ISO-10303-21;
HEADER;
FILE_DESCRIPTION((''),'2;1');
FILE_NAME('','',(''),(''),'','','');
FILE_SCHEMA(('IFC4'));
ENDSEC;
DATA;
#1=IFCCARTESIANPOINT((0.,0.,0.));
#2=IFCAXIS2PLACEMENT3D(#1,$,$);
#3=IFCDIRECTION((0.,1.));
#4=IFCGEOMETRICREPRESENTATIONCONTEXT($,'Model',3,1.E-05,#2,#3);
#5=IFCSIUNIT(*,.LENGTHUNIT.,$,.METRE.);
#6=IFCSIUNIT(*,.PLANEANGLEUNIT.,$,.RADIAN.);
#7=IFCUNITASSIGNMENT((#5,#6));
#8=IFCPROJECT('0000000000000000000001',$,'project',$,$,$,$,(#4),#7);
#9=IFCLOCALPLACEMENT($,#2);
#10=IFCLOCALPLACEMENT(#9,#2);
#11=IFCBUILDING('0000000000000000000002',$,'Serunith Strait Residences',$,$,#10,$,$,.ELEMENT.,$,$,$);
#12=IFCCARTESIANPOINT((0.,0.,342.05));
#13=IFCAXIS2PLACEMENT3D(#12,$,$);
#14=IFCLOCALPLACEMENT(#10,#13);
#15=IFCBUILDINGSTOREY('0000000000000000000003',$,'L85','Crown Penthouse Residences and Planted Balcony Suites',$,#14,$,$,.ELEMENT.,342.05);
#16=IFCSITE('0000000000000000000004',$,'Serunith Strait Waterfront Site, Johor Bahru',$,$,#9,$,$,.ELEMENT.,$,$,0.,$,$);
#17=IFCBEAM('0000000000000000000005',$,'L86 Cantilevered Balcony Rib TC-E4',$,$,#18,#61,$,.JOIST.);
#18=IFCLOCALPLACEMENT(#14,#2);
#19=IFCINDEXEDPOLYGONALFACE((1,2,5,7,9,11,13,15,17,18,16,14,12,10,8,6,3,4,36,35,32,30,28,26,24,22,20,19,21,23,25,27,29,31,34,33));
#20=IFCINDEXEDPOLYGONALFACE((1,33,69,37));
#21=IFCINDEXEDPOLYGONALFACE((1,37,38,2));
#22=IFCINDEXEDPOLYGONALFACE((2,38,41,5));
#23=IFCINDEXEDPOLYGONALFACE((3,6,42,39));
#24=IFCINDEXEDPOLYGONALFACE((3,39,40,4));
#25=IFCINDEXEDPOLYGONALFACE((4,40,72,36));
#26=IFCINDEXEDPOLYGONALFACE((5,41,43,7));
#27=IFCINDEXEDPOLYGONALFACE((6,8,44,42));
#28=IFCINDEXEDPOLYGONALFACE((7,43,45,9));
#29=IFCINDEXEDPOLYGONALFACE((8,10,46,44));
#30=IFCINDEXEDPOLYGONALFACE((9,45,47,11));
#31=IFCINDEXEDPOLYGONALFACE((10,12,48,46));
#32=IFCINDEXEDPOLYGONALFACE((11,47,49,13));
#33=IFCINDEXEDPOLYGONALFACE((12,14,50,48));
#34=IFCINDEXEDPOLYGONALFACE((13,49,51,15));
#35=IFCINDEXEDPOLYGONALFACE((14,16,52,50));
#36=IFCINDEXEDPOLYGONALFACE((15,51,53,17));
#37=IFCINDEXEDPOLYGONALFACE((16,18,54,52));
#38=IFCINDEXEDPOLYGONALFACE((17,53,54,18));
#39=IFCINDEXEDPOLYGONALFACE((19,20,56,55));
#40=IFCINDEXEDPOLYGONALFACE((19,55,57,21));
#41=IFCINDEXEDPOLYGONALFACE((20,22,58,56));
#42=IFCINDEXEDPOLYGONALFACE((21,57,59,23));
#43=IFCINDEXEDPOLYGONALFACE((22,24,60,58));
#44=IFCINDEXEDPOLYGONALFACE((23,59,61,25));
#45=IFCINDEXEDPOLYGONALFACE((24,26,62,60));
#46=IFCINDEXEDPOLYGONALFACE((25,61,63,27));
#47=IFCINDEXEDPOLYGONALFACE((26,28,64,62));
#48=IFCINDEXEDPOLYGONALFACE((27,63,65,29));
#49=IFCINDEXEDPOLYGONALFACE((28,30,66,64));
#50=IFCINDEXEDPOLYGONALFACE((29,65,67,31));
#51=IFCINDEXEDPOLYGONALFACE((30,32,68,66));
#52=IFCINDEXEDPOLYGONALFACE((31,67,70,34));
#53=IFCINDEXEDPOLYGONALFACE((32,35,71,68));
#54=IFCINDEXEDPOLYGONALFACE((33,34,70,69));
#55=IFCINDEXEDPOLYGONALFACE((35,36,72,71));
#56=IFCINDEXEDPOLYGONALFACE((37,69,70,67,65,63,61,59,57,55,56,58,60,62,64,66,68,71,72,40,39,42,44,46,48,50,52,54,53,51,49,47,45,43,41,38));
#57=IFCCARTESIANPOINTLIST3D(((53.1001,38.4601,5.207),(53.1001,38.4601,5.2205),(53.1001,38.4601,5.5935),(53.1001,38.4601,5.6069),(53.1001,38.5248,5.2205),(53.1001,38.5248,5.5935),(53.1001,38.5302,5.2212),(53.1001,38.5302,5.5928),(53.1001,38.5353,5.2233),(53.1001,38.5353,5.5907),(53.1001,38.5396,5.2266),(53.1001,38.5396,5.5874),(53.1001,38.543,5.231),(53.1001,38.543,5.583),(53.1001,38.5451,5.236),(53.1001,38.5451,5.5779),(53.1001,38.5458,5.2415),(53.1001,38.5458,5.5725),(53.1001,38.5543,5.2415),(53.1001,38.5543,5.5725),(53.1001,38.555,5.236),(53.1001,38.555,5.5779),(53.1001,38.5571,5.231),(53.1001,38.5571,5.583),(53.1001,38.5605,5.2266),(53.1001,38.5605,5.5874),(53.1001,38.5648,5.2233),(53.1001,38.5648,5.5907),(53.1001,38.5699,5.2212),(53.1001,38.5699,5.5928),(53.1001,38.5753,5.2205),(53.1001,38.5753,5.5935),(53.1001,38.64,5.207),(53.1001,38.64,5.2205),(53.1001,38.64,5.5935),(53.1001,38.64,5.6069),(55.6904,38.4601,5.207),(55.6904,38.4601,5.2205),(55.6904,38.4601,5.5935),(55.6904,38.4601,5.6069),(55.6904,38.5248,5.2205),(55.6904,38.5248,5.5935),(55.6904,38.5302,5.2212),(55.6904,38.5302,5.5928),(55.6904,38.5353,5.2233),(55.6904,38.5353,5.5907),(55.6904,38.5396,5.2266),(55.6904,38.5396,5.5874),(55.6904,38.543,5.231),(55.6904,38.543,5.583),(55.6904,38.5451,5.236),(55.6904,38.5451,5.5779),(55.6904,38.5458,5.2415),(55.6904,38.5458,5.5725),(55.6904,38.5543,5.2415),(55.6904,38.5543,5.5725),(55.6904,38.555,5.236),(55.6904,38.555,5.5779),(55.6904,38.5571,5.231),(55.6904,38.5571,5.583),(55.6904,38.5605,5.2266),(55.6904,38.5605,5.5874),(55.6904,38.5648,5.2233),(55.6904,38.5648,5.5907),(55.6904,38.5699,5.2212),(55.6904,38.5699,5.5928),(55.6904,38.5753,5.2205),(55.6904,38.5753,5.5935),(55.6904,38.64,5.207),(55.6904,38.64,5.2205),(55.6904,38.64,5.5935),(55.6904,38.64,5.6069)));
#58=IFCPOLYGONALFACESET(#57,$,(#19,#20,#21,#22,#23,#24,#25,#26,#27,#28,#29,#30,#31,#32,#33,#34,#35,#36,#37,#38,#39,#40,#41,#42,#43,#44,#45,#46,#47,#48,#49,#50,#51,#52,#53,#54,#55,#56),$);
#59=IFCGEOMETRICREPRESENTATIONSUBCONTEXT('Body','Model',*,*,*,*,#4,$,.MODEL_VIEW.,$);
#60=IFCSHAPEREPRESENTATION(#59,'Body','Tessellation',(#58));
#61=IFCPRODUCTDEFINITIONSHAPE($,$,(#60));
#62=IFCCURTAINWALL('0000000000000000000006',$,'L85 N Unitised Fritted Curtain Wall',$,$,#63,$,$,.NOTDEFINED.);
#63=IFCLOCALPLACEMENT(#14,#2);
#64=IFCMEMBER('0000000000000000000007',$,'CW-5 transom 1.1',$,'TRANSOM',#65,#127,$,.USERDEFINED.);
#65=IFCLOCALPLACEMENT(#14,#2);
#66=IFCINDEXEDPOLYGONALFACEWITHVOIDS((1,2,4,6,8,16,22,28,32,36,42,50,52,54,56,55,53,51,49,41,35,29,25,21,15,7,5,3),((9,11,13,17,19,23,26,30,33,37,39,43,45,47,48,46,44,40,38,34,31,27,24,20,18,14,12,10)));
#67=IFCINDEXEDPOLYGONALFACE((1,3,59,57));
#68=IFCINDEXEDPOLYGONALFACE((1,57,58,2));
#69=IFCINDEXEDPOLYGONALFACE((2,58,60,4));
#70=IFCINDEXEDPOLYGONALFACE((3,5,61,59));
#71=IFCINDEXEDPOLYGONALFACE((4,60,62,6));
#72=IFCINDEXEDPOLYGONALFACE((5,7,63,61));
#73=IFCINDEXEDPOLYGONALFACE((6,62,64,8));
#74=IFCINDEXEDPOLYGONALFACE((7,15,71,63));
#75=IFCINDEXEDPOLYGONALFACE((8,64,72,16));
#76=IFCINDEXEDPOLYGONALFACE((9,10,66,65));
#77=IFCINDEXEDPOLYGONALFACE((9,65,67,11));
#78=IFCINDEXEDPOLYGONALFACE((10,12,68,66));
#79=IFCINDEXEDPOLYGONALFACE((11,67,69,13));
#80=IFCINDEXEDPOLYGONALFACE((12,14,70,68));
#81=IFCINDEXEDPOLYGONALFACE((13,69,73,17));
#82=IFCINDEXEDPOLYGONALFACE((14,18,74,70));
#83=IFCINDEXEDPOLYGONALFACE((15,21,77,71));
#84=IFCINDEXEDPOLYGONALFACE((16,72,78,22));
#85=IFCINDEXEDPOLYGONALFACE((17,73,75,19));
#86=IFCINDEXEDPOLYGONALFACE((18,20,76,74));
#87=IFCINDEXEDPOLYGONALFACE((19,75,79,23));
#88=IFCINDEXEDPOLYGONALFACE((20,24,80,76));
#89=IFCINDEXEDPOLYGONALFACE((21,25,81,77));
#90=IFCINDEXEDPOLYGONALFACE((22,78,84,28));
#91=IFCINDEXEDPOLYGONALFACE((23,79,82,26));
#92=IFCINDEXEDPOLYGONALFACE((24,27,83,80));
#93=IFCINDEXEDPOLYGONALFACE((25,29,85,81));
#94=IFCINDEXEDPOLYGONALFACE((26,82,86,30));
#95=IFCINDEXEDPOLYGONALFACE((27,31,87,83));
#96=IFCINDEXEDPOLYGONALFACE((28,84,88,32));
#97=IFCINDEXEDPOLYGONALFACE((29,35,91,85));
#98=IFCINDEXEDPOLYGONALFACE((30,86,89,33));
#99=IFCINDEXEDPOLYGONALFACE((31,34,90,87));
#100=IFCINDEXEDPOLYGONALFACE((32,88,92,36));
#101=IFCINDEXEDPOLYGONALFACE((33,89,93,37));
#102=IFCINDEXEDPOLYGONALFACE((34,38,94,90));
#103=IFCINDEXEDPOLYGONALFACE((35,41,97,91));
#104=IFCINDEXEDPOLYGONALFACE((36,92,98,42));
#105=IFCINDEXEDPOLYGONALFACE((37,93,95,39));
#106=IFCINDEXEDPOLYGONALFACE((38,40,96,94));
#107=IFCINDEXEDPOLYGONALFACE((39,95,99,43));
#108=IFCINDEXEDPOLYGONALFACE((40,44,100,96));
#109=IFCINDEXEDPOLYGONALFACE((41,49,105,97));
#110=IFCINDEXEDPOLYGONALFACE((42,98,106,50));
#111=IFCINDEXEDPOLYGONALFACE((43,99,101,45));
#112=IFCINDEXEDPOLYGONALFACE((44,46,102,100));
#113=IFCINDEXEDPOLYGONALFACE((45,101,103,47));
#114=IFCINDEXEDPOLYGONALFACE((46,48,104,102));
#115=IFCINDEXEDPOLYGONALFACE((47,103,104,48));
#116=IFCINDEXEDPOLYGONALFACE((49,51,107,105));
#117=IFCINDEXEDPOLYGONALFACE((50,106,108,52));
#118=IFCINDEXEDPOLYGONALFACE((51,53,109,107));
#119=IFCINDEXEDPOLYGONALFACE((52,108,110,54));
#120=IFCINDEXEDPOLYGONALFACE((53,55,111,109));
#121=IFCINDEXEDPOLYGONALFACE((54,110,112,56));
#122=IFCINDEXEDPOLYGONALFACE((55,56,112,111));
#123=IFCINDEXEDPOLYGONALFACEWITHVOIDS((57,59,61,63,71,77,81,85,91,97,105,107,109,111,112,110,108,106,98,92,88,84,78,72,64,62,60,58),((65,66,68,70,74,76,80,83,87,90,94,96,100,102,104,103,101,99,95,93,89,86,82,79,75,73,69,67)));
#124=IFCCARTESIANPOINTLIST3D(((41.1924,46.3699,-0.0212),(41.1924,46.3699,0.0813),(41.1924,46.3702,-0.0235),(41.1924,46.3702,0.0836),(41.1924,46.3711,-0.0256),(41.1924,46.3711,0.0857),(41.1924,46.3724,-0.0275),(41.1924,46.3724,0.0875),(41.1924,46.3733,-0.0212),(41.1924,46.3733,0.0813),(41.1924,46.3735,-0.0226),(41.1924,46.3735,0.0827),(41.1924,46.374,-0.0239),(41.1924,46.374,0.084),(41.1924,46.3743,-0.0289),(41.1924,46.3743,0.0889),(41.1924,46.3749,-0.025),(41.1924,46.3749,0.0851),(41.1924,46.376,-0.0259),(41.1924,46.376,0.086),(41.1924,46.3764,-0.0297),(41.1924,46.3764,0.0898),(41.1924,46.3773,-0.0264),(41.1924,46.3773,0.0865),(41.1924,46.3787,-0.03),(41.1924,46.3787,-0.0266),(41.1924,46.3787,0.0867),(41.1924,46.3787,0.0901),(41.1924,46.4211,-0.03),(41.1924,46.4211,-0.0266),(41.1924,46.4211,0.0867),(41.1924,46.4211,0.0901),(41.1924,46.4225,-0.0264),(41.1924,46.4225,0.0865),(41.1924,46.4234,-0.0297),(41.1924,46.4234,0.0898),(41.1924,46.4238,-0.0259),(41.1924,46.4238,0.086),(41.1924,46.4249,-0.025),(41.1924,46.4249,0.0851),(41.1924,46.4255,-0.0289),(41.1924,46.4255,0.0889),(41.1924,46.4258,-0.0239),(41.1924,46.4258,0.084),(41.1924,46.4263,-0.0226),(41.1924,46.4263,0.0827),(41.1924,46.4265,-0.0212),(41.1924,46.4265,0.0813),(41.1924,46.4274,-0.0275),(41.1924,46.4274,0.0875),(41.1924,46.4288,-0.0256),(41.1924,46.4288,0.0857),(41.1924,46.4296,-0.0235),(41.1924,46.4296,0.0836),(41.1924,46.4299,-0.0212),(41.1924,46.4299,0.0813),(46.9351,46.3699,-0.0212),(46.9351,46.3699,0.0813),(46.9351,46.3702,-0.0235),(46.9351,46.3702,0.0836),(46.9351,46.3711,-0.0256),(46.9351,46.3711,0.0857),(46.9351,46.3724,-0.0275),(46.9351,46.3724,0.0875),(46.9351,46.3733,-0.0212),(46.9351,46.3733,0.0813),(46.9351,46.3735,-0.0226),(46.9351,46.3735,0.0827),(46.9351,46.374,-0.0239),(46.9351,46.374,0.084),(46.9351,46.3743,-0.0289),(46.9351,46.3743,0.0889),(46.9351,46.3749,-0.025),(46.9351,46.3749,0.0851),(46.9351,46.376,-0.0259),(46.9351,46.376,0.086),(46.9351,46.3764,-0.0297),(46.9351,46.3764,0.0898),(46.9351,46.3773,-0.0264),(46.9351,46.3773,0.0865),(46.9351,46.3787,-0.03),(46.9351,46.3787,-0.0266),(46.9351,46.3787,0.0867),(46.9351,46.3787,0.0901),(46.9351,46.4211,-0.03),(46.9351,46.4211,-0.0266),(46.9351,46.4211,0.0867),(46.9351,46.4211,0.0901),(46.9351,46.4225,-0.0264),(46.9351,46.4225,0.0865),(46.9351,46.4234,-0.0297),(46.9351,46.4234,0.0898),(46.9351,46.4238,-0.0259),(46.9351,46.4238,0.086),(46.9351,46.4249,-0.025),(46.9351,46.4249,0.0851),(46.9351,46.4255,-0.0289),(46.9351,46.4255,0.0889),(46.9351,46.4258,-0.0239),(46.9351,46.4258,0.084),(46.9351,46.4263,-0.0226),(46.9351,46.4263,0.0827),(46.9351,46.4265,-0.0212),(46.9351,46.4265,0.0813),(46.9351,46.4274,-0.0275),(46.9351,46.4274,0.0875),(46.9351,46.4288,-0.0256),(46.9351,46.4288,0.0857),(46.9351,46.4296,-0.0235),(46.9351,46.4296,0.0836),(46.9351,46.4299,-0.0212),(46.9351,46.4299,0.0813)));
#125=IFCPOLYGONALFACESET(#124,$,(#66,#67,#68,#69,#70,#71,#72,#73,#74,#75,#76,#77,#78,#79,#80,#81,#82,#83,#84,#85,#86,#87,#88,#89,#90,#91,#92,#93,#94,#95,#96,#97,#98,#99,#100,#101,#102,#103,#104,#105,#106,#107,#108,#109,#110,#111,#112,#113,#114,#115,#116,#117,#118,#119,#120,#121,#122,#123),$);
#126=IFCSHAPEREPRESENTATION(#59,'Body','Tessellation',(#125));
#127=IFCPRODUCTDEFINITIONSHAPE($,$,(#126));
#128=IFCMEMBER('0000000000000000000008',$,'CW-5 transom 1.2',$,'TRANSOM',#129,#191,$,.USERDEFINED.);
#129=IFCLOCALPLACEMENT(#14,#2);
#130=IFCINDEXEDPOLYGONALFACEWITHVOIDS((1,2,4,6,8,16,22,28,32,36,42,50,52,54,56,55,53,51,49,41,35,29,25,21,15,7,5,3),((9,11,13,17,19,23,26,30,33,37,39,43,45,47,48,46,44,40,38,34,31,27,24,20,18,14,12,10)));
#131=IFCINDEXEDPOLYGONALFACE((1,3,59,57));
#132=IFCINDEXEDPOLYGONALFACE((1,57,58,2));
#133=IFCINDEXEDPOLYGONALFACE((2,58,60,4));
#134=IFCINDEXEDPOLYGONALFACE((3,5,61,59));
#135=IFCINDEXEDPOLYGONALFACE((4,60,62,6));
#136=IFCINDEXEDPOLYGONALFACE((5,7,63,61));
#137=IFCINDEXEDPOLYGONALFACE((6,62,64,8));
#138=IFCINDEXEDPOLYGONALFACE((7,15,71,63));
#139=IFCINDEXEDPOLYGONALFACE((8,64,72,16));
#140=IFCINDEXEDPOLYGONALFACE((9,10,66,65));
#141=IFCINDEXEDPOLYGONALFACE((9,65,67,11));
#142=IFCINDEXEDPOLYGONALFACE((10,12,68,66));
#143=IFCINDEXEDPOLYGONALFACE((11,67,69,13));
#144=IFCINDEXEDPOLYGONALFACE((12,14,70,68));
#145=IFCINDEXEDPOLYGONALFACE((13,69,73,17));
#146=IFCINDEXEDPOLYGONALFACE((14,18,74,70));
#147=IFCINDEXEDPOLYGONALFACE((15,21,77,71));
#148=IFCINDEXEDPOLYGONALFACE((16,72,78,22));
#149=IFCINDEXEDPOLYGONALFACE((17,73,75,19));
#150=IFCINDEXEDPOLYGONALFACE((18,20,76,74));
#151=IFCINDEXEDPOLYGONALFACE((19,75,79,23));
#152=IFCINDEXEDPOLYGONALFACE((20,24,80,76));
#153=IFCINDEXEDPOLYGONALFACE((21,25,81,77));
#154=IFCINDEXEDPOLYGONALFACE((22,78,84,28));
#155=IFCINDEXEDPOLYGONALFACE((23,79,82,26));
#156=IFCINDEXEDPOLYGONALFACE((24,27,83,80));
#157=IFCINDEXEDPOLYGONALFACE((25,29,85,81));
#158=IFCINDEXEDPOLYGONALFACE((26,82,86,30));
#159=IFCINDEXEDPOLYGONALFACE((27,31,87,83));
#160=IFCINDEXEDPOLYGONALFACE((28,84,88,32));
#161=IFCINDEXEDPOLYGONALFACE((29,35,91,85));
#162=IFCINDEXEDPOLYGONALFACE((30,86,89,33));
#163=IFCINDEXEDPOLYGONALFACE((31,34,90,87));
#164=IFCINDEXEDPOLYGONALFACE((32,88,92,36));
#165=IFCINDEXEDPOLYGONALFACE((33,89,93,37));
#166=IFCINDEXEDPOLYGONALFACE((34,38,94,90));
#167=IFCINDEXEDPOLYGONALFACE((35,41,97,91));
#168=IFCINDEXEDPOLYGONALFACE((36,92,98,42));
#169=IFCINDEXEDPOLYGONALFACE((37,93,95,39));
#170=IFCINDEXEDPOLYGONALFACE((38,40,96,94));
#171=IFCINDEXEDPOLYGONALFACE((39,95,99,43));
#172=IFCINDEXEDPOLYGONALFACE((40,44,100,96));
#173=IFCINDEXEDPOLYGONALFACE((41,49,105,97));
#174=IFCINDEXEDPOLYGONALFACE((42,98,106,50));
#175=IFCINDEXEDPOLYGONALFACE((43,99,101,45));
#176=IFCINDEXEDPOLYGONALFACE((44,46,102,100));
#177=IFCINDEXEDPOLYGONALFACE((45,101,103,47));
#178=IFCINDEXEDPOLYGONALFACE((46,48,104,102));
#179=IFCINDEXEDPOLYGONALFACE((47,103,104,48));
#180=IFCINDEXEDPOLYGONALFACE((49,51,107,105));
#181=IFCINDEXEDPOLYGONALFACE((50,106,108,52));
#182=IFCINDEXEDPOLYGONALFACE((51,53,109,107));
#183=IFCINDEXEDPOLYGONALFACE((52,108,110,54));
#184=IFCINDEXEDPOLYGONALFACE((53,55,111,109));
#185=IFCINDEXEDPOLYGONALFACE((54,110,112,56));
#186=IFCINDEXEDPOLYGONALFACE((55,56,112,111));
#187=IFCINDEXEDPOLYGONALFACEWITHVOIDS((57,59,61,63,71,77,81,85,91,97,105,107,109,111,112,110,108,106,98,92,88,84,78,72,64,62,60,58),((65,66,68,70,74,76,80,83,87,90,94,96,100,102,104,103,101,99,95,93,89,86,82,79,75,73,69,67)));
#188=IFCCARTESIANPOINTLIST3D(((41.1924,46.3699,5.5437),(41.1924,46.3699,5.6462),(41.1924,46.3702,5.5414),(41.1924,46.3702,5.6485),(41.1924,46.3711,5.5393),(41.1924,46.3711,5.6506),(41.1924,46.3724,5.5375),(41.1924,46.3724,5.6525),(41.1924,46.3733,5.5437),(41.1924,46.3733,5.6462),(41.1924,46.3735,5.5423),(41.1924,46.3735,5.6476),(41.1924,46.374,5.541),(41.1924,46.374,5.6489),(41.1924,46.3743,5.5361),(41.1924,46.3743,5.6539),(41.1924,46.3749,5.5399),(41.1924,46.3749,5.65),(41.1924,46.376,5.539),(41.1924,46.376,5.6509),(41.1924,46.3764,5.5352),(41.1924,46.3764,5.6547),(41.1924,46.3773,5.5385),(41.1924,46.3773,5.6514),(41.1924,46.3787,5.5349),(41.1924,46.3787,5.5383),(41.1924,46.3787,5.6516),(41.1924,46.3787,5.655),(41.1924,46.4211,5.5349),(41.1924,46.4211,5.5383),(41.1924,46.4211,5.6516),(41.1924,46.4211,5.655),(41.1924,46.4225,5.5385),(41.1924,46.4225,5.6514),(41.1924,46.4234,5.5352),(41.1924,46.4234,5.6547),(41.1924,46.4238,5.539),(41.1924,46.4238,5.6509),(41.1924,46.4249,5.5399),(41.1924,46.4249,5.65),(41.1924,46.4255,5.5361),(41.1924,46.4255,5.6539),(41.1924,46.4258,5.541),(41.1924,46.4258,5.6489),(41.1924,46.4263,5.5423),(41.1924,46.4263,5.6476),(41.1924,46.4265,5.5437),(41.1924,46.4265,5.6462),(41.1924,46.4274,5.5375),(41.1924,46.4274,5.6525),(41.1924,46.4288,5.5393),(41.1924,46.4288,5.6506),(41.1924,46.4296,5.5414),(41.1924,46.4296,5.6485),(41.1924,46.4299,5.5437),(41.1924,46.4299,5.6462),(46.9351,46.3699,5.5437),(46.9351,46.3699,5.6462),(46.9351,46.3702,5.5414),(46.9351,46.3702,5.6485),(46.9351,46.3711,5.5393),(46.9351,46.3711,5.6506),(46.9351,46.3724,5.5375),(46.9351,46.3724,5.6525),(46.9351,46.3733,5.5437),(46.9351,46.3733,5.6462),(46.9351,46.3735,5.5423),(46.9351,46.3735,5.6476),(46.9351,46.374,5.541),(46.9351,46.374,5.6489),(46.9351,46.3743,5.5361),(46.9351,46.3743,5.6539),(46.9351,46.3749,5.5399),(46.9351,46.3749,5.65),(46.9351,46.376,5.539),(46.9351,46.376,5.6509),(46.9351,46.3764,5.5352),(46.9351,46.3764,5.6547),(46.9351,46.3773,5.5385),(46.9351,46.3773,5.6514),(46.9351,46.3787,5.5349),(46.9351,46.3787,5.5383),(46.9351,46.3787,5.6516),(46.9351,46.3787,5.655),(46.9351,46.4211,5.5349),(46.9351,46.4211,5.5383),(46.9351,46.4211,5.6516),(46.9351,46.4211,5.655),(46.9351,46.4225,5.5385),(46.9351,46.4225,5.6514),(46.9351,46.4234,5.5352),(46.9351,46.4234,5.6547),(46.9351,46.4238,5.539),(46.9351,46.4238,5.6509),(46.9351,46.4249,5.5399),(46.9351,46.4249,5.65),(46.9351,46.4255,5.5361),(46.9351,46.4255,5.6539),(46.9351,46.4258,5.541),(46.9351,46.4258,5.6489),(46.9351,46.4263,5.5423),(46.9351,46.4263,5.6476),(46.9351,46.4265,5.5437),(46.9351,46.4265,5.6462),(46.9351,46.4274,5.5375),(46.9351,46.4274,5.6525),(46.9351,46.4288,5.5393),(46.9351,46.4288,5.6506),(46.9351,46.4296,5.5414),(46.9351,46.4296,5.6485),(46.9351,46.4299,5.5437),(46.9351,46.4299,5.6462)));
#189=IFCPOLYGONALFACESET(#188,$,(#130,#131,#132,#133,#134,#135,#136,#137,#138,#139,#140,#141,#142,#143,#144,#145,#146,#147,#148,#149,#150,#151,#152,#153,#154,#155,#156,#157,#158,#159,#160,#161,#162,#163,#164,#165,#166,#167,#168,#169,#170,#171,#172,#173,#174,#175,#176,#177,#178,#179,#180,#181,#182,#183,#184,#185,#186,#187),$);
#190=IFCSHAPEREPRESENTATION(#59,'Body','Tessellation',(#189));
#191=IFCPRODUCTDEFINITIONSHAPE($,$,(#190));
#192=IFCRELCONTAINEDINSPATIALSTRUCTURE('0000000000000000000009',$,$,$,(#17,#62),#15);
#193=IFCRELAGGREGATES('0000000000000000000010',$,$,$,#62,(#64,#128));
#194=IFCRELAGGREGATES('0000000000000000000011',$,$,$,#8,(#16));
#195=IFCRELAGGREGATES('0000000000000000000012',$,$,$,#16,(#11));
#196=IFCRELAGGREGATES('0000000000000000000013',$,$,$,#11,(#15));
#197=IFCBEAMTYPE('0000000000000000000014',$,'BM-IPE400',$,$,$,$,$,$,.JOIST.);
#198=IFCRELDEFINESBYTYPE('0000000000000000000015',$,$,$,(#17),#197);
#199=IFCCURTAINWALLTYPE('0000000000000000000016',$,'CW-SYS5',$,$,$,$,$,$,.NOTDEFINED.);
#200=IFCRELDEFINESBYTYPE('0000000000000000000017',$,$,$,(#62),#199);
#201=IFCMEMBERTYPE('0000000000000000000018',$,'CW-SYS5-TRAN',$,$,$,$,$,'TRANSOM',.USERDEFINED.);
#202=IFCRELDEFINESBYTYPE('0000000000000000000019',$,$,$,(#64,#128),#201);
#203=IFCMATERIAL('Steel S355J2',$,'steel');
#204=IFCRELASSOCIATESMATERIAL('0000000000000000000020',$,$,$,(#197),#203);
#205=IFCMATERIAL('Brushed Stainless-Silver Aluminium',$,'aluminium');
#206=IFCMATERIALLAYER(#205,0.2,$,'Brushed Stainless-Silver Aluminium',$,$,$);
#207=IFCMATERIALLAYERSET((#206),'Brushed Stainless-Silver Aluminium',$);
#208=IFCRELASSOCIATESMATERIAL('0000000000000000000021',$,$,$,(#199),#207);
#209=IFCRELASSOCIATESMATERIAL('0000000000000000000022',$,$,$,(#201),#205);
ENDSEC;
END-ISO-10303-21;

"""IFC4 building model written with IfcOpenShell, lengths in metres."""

from ifc_helpers import new_model, si_unit, direction, frame, origin, origin_2d, place, context, subcontext, project, spatial, hollow_rectangle, i_section, extrude, source, transform, mapped, material, layer, layer_set, material_profile, profile_set, type_object, element, aggregate, save


model = new_model("IFC4")

# Units and contexts
model_context = context("Model", 3, precision=1e-05, world=origin(), true_north=direction((0.0, 1.0)))
body_context = subcontext(model_context, "Body", "Model", "MODEL_VIEW")
ifc_project = project(units=[si_unit("LENGTHUNIT", "METRE"), si_unit("PLANEANGLEUNIT", "RADIAN")], contexts=[model_context])

# Site, building, storey
site_placement = place(None, origin())
site = spatial("IfcSite", under=ifc_project, at=site_placement, Name="Serunith Strait Waterfront Site, Johor Bahru", CompositionType="ELEMENT", RefElevation=0.0)
building_placement = place(site_placement, origin())
building = spatial("IfcBuilding", under=site, at=building_placement, Name="Serunith Strait Residences", CompositionType="ELEMENT")
storey_placement = place(building_placement, frame((0.0, 0.0, 342.05)))
storey = spatial("IfcBuildingStorey", under=building, at=storey_placement, Name="L85", Description="Crown Penthouse Residences and Planted Balcony Suites", CompositionType="ELEMENT", Elevation=342.05)

# Beam
ifc_material_1 = material(Name="Steel S355J2", Category="steel")
ifc_material_profile_1 = material_profile(ifc_material_1, i_section(OverallWidth=0.1799, OverallDepth=0.3999, WebThickness=0.0085, FlangeThickness=0.0134, FilletRadius=0.021, at=origin_2d()), Name="IPE 400")
ifc_profile_set_1 = profile_set([ifc_material_profile_1], Name="Steel S355J2")
beam_type_1 = type_object("IfcBeamType", Name="BM-IPE400", PredefinedType="JOIST", material=ifc_profile_set_1)
shared_shape_1 = source(origin(), body_context, "Body", "SweptSolid", [
    extrude(i_section(OverallWidth=0.1799, OverallDepth=0.3999, WebThickness=0.0085, FlangeThickness=0.0134, FilletRadius=0.021, at=origin_2d()), origin(), (0.0, 0.0, 1.0), 2.5903),
])
beam_1_placement = place(storey_placement, frame((53.1001, 38.55, 5.407), z_axis=(1.0, 0.0, 0.0), x_axis=(0.0, 1.0, 0.0)))
element("IfcBeam", 1, at=beam_1_placement, inside=storey, type_object=beam_type_1, Name="L86 Cantilevered Balcony Rib TC-E4", PredefinedType="JOIST", context=body_context, shape_type="MappedRepresentation", body=[
    mapped(shared_shape_1, transform((0.0, 0.0, 0.0), scale=1.0)),
])

# Curtain wall, members
ifc_material_2 = material(Name="Brushed Stainless-Silver Aluminium", Category="aluminium")
ifc_layer_1 = layer(ifc_material_2, 0.2, Name="Brushed Stainless-Silver Aluminium")
ifc_layer_set_1 = layer_set([ifc_layer_1], Name="Brushed Stainless-Silver Aluminium")
curtain_wall_type = type_object("IfcCurtainWallType", Name="CW-SYS5", PredefinedType="NOTDEFINED", material=ifc_layer_set_1)
curtain_wall_1_placement = place(storey_placement, origin())
curtain_wall_1 = element("IfcCurtainWall", 2, at=curtain_wall_1_placement, inside=storey, type_object=curtain_wall_type, Name="L85 N Unitised Fritted Curtain Wall", PredefinedType="NOTDEFINED")
ifc_material_profile_2 = material_profile(ifc_material_2, hollow_rectangle(XDim=0.0601, YDim=0.1201, WallThickness=0.0034, InnerFilletRadius=0.0054, OuterFilletRadius=0.0088, at=origin_2d()), Name="ALU 120x60x3.5")
ifc_profile_set_2 = profile_set([ifc_material_profile_2], Name="Brushed Stainless-Silver Aluminium")
member_type_1 = type_object("IfcMemberType", Name="CW-SYS5-TRAN", ElementType="TRANSOM", PredefinedType="USERDEFINED", material=ifc_profile_set_2)
shared_shape_2 = source(origin(), body_context, "Body", "SweptSolid", [
    extrude(hollow_rectangle(XDim=0.0601, YDim=0.1201, WallThickness=0.0034, InnerFilletRadius=0.0054, OuterFilletRadius=0.0088, at=origin_2d()), origin(), (0.0, 0.0, 1.0), 5.7427),
])
member_1_placement = place(storey_placement, frame((46.9351, 46.3999, 0.03), z_axis=(-1.0, 0.0, 0.0), x_axis=(0.0, -1.0, 0.0)))
member_1 = element("IfcMember", 3, at=member_1_placement, type_object=member_type_1, Name="CW-5 transom 1.1", ObjectType="TRANSOM", PredefinedType="USERDEFINED", context=body_context, shape_type="MappedRepresentation", body=[
    mapped(shared_shape_2, transform((0.0, 0.0, 0.0), scale=1.0)),
])
member_2_placement = place(storey_placement, frame((46.9351, 46.3999, 5.595), z_axis=(-1.0, 0.0, 0.0), x_axis=(0.0, -1.0, 0.0)))
member_2 = element("IfcMember", 4, at=member_2_placement, type_object=member_type_1, Name="CW-5 transom 1.2", ObjectType="TRANSOM", PredefinedType="USERDEFINED", context=body_context, shape_type="MappedRepresentation", body=[
    mapped(shared_shape_2, transform((0.0, 0.0, 0.0), scale=1.0)),
])

aggregate(curtain_wall_1, [member_1, member_2])

save(model, "model.ifc")
